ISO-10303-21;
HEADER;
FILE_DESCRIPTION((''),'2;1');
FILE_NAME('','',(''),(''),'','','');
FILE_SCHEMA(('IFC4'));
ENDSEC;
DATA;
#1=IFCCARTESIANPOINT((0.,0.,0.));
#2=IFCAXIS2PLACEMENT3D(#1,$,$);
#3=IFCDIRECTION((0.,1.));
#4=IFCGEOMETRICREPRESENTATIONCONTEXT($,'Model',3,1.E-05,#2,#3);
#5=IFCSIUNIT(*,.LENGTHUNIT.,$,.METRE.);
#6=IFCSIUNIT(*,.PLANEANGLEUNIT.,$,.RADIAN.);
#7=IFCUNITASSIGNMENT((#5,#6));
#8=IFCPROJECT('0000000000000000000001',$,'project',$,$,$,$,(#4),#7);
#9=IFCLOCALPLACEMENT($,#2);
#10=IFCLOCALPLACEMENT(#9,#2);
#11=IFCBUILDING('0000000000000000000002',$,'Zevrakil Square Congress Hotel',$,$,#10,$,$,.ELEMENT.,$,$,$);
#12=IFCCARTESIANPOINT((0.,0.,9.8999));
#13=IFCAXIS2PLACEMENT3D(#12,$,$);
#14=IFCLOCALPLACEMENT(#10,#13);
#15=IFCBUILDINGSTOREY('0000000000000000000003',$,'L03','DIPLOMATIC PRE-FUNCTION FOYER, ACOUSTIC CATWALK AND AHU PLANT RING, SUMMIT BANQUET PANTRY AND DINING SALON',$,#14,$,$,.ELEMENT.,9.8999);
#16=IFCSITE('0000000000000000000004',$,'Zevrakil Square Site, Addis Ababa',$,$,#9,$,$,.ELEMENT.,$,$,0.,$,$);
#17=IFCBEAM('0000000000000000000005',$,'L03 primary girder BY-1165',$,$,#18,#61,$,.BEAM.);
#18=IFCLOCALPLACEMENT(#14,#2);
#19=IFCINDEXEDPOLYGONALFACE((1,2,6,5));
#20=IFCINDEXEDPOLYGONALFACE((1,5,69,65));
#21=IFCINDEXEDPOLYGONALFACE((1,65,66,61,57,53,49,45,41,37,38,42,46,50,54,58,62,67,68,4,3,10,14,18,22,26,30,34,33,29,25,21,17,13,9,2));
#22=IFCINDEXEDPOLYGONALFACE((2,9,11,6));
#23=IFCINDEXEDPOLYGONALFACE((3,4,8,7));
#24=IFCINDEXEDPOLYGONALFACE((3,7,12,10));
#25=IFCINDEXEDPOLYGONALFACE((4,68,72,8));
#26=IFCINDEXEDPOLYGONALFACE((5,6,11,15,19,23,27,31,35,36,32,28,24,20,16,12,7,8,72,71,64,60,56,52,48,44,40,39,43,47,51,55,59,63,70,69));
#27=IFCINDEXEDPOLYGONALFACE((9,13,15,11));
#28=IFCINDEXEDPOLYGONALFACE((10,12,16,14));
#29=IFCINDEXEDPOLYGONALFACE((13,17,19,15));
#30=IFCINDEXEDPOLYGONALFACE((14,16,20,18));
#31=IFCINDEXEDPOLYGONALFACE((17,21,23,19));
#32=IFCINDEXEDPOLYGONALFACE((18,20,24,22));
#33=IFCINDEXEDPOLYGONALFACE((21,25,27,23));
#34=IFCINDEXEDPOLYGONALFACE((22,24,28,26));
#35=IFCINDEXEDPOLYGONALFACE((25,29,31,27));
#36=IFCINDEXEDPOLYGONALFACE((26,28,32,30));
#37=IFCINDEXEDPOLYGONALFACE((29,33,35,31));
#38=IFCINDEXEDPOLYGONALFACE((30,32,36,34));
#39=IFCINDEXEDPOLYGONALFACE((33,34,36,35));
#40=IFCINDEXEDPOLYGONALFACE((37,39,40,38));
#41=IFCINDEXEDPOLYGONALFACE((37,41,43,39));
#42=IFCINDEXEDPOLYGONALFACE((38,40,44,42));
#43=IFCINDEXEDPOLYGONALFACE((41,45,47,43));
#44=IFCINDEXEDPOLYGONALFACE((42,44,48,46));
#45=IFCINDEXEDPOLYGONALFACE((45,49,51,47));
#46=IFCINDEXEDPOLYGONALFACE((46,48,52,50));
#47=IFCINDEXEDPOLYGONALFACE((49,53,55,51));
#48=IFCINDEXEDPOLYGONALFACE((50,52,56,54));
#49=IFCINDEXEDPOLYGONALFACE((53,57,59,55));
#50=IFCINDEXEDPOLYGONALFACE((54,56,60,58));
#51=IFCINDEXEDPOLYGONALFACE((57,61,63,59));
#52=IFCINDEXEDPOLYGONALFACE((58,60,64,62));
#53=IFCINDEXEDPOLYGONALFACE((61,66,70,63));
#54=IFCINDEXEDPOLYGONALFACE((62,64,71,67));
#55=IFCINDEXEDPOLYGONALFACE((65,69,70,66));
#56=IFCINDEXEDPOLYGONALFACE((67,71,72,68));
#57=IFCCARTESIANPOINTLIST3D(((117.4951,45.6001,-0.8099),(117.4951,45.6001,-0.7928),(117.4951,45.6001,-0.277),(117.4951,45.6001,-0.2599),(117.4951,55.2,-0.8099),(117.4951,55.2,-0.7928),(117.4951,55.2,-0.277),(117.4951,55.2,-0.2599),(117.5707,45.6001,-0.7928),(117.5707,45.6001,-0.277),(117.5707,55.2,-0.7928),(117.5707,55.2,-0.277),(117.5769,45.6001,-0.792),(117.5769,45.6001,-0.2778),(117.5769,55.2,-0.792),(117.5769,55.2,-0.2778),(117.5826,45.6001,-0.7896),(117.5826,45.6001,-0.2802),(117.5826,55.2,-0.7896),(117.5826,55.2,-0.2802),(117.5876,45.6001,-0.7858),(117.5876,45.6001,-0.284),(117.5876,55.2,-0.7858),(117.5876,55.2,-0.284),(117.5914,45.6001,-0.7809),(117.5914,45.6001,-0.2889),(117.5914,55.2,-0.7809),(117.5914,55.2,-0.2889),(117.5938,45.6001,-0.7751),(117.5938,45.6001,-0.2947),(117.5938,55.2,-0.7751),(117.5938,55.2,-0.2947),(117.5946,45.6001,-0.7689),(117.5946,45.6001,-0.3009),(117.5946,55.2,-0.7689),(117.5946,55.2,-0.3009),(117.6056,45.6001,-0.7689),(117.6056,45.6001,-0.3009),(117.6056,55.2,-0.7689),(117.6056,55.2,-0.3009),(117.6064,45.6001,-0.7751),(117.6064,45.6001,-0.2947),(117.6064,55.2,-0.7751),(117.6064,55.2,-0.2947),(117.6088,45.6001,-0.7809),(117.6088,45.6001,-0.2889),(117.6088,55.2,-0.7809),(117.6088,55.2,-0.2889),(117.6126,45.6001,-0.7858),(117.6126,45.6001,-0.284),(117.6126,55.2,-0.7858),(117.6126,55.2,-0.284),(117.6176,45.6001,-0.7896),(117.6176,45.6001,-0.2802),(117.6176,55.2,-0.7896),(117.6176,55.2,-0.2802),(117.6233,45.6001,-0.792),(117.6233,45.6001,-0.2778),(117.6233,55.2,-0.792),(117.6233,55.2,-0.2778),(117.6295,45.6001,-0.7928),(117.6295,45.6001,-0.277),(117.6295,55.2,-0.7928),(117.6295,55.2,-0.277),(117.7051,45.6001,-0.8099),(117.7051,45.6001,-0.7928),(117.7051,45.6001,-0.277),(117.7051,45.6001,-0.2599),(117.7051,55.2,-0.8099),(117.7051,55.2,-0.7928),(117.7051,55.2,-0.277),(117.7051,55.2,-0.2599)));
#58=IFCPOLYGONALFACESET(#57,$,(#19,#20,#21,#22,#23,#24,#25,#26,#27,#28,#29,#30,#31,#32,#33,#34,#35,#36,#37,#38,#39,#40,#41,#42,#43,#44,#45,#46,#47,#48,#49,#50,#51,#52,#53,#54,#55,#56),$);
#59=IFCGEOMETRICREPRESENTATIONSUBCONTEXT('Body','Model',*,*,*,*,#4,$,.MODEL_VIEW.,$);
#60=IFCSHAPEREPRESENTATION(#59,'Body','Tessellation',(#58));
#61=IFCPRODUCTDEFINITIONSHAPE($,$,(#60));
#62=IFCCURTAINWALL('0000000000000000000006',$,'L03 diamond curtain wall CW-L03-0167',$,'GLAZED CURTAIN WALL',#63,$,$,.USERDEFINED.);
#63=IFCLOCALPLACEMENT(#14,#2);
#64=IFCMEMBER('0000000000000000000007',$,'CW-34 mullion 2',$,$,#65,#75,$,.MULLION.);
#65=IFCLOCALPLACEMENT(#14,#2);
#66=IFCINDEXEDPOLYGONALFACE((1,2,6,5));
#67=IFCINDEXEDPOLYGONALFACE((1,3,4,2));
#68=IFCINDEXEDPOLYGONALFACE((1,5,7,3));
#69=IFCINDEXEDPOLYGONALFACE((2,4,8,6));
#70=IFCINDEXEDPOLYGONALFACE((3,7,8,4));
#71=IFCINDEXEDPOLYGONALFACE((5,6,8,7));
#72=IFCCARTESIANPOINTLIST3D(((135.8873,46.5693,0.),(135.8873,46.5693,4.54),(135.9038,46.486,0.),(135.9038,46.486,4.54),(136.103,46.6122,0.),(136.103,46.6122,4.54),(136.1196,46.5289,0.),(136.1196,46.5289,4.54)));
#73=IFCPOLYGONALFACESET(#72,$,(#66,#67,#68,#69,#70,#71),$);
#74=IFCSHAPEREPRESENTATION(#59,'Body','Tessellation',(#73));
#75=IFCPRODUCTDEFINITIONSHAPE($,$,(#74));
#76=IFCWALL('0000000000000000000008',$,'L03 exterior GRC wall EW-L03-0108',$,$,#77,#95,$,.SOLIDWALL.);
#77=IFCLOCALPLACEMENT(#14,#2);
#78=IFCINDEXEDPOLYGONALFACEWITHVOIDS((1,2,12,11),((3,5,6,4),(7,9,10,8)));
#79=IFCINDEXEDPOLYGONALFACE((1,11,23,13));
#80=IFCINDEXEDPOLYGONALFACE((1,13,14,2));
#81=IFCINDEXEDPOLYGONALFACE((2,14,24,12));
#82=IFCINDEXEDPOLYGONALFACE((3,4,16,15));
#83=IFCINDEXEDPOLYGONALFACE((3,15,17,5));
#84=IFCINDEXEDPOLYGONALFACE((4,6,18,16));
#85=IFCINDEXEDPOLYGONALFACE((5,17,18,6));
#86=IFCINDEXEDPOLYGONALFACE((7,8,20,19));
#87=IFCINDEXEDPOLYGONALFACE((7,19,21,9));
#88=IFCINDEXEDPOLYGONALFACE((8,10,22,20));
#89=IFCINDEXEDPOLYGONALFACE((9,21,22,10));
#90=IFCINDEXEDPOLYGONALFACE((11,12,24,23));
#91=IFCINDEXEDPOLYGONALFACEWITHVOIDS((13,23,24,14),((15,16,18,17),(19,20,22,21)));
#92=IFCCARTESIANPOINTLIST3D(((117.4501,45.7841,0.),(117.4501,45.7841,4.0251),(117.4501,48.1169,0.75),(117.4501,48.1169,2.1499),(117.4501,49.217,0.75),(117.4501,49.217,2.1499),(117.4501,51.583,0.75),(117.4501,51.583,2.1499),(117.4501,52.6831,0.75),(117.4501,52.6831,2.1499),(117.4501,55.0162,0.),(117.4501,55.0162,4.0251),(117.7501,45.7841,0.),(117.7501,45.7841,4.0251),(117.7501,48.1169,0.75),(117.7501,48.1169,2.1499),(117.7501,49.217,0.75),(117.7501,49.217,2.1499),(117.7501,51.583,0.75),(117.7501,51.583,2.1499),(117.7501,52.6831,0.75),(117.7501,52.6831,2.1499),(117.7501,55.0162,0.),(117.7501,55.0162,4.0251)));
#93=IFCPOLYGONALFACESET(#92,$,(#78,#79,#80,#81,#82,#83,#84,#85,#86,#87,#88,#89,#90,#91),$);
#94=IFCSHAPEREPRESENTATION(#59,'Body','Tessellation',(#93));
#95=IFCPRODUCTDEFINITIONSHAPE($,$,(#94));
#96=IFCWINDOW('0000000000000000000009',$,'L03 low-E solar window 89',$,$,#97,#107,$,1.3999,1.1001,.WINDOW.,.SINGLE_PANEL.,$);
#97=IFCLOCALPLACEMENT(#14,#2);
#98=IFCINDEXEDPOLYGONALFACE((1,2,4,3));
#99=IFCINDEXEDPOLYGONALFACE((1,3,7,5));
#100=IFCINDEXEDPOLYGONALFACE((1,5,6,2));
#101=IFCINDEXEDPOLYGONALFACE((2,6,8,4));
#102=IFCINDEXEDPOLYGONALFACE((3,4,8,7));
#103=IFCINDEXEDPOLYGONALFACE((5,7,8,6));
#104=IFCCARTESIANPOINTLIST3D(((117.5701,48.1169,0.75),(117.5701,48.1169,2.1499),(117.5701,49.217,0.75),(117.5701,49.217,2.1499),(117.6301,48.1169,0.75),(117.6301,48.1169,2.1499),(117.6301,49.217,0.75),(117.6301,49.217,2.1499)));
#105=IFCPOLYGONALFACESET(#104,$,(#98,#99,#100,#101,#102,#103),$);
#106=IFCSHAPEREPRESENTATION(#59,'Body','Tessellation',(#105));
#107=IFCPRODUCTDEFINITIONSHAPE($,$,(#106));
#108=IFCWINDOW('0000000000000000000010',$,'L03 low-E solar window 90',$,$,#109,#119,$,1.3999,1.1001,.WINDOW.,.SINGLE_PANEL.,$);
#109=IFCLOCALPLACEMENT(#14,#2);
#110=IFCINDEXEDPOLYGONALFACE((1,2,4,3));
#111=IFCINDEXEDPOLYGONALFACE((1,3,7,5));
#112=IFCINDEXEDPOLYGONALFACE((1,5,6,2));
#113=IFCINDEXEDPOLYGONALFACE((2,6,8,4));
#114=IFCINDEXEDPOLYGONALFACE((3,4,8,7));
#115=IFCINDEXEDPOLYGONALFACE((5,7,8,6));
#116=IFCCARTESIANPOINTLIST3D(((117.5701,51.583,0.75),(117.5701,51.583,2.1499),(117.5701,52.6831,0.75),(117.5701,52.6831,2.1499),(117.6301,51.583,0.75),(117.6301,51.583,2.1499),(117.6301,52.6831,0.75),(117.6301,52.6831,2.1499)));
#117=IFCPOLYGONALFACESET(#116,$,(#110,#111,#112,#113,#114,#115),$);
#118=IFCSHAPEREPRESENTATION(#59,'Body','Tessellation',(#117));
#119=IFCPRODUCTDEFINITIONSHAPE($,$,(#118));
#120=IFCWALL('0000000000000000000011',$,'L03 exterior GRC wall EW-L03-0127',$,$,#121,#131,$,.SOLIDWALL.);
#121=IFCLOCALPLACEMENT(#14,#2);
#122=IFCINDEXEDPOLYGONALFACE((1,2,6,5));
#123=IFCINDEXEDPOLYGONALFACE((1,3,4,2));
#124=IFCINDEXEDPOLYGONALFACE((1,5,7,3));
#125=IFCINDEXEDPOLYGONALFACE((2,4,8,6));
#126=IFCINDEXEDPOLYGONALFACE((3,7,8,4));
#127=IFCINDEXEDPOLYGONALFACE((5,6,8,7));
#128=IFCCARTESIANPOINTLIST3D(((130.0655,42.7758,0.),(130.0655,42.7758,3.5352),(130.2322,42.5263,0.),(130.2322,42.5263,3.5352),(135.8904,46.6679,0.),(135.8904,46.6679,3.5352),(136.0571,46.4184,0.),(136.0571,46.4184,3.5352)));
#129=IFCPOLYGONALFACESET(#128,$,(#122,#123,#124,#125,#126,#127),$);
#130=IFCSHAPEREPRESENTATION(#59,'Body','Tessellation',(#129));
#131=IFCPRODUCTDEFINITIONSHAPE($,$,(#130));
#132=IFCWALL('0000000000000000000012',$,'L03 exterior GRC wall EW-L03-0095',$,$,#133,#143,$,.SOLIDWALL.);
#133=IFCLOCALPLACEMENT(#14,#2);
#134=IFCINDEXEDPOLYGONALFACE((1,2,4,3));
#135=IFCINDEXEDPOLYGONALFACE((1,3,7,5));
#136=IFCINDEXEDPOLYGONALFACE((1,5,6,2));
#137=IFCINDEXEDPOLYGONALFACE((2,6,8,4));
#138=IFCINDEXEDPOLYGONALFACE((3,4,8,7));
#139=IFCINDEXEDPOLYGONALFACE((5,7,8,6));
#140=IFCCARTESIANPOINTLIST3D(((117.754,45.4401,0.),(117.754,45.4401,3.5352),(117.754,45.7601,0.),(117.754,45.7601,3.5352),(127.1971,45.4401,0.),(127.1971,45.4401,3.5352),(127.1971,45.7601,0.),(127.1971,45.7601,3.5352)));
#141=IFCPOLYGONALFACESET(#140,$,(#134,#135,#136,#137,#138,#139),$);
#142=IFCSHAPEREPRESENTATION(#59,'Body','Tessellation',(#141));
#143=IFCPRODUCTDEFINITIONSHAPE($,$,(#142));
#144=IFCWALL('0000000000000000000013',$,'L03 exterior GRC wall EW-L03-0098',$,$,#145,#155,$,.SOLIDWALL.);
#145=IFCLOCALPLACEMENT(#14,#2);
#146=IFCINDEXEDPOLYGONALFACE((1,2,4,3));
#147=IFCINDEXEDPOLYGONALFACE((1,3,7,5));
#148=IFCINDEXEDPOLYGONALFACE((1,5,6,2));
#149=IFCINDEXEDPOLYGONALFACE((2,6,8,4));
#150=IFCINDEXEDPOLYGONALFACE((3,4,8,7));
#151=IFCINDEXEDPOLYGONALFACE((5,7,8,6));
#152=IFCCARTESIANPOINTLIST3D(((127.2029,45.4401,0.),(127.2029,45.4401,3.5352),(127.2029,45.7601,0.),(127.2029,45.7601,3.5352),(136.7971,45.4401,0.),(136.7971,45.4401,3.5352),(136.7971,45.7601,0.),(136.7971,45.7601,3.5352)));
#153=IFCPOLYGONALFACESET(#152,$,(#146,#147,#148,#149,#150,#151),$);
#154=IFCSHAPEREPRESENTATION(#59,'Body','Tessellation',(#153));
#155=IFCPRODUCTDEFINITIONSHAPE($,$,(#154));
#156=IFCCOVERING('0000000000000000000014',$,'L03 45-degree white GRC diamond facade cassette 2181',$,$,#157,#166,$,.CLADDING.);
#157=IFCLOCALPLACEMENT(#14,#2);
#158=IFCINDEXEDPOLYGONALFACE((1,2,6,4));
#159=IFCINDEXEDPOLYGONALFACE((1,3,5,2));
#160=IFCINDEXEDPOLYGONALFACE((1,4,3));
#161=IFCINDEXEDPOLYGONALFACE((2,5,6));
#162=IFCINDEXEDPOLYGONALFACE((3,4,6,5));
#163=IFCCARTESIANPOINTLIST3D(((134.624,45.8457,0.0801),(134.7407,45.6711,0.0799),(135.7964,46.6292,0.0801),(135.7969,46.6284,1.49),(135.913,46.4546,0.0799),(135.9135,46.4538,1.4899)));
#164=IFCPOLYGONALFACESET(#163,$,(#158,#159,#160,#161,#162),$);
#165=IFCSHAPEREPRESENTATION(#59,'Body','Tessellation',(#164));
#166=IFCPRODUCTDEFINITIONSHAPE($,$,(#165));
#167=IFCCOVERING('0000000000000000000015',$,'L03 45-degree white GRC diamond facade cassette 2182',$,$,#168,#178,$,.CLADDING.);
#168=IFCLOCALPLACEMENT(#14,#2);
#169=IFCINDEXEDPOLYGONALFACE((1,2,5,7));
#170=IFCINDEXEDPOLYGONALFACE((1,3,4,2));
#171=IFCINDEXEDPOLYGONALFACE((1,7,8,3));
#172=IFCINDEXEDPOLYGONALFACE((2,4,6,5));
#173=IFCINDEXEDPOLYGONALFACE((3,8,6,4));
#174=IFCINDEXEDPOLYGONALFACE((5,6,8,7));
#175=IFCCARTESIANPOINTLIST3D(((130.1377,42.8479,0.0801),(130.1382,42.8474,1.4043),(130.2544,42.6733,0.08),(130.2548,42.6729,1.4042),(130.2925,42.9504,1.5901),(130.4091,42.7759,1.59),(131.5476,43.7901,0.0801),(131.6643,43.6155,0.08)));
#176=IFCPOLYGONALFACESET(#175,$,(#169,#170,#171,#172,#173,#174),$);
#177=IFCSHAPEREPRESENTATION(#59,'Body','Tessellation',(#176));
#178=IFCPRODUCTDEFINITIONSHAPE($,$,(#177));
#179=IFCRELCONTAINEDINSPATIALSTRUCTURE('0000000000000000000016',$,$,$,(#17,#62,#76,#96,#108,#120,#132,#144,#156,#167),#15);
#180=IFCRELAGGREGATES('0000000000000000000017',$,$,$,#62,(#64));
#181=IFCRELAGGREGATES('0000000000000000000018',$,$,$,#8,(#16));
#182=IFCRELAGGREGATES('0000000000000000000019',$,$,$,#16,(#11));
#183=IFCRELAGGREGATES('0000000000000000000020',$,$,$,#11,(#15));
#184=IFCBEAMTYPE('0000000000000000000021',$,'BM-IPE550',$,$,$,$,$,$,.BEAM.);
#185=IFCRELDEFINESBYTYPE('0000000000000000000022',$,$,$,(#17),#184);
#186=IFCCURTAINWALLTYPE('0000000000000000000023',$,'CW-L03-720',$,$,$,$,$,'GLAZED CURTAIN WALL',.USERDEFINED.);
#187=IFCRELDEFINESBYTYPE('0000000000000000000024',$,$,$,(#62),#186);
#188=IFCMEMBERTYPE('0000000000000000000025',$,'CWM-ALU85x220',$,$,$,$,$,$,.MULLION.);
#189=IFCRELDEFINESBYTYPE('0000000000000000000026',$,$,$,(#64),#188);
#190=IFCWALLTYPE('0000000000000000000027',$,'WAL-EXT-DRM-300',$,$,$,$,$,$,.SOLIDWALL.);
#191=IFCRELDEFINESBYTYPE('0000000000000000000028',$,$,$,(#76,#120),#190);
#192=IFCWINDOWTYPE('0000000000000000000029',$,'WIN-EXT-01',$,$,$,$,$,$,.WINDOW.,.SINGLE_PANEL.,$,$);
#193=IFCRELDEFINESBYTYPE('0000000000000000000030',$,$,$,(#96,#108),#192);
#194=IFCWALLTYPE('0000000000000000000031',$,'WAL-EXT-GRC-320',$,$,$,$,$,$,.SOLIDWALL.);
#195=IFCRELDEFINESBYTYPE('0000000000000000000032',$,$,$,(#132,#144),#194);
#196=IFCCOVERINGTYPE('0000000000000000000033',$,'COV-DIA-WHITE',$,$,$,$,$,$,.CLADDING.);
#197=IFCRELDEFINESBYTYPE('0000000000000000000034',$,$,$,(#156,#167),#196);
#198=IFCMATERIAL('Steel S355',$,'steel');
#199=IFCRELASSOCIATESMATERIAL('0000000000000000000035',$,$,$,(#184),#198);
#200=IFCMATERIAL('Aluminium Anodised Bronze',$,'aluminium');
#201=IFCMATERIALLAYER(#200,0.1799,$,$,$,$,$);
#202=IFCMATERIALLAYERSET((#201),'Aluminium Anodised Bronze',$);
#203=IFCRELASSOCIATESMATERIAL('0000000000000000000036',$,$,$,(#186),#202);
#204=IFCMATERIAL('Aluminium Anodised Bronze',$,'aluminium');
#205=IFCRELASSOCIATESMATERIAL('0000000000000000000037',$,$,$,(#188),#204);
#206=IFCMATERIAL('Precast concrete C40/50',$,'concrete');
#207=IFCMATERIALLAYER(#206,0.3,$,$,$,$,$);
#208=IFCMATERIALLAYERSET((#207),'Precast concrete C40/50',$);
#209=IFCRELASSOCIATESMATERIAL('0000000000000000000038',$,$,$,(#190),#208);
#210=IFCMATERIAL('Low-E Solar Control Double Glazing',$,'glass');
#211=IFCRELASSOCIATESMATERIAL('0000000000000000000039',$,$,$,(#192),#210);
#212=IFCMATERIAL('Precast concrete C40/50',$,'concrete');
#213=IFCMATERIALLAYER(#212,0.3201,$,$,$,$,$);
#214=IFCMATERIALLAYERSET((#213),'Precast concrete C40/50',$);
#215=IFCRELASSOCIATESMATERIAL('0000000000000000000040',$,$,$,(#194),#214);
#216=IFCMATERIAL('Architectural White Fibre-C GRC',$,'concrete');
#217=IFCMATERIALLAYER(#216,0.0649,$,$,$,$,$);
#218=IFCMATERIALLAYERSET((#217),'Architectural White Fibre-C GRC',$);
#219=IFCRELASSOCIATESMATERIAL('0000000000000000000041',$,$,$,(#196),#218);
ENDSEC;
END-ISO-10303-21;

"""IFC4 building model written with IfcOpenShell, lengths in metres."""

from ifc_helpers import new_model, si_unit, direction, frame, frame_2d, origin, origin_2d, place, context, subcontext, project, spatial, polyline, rectangle, i_section, outline, extrude, material, layer, layer_set, material_profile, profile_set, type_object, element, fill, aggregate, save


model = new_model("IFC4")

# Units and contexts
model_context = context("Model", 3, precision=1e-05, world=origin(), true_north=direction((0.0, 1.0)))
body_context = subcontext(model_context, "Body", "Model", "MODEL_VIEW")
ifc_project = project(units=[si_unit("LENGTHUNIT", "METRE"), si_unit("PLANEANGLEUNIT", "RADIAN")], contexts=[model_context])

# Site, building, storey
site_placement = place(None, origin())
site = spatial("IfcSite", under=ifc_project, at=site_placement, Name="Zevrakil Square Site, Addis Ababa", CompositionType="ELEMENT", RefElevation=0.0)
building_placement = place(site_placement, origin())
building = spatial("IfcBuilding", under=site, at=building_placement, Name="Zevrakil Square Congress Hotel", CompositionType="ELEMENT")
storey_placement = place(building_placement, frame((0.0, 0.0, 9.8999)))
storey = spatial("IfcBuildingStorey", under=building, at=storey_placement, Name="L03", Description="DIPLOMATIC PRE-FUNCTION FOYER, ACOUSTIC CATWALK AND AHU PLANT RING, SUMMIT BANQUET PANTRY AND DINING SALON", CompositionType="ELEMENT", Elevation=9.8999)

# Beam
ifc_material_1 = material(Name="Steel S355", Category="steel")
ifc_material_profile_1 = material_profile(ifc_material_1, i_section(OverallWidth=0.21, OverallDepth=0.55, WebThickness=0.011, FlangeThickness=0.0171, FilletRadius=0.0239, at=origin_2d()), Name="IPE 550")
ifc_profile_set_1 = profile_set([ifc_material_profile_1], Name="Steel S355")
beam_type_1 = type_object("IfcBeamType", Name="BM-IPE550", PredefinedType="BEAM", material=ifc_profile_set_1)
beam_1_placement = place(storey_placement, frame((117.6001, 45.6001, -0.5349), z_axis=(0.0, 1.0, 0.0), x_axis=(-1.0, 0.0, 0.0)))
element("IfcBeam", 1, at=beam_1_placement, inside=storey, type_object=beam_type_1, Name="L03 primary girder BY-1165", PredefinedType="BEAM", context=body_context, shape_type="SweptSolid", body=[
    extrude(i_section(OverallWidth=0.21, OverallDepth=0.55, WebThickness=0.011, FlangeThickness=0.0171, FilletRadius=0.0239, at=origin_2d()), origin(), (0.0, 0.0, 1.0), 9.5999),
])

# Curtain wall, member
ifc_material_2 = material(Name="Aluminium Anodised Bronze", Category="aluminium")
ifc_layer_1 = layer(ifc_material_2, 0.1799)
ifc_layer_set_1 = layer_set([ifc_layer_1], Name="Aluminium Anodised Bronze")
curtain_wall_type = type_object("IfcCurtainWallType", Name="CW-L03-720", ElementType="GLAZED CURTAIN WALL", PredefinedType="USERDEFINED", material=ifc_layer_set_1)
curtain_wall_placement = place(storey_placement, origin())
curtain_wall = element("IfcCurtainWall", 2, at=curtain_wall_placement, inside=storey, type_object=curtain_wall_type, Name="L03 diamond curtain wall CW-L03-0167", ObjectType="GLAZED CURTAIN WALL", PredefinedType="USERDEFINED")
ifc_material_3 = material(Name="Aluminium Anodised Bronze", Category="aluminium")
ifc_material_profile_2 = material_profile(ifc_material_3, rectangle(XDim=0.085, YDim=0.22, at=origin_2d()), Name="ALU 85x220")
ifc_profile_set_2 = profile_set([ifc_material_profile_2], Name="Aluminium Anodised Bronze")
member_type = type_object("IfcMemberType", Name="CWM-ALU85x220", PredefinedType="MULLION", material=ifc_profile_set_2)
member_placement = place(storey_placement, frame((136.0034, 46.5491, 0.0), z_axis=(0.0, 0.0, 1.0), x_axis=(0.195084, -0.980787, 0.0)))
member = element("IfcMember", 3, at=member_placement, type_object=member_type, Name="CW-34 mullion 2", PredefinedType="MULLION", context=body_context, shape_type="SweptSolid", body=[
    extrude(rectangle(XDim=0.085, YDim=0.22, at=origin_2d()), origin(), (0.0, 0.0, 1.0), 4.54),
])
aggregate(curtain_wall, [member])

# Wall, openings, windows
ifc_material_4 = material(Name="Precast concrete C40/50", Category="concrete")
ifc_layer_2 = layer(ifc_material_4, 0.3)
ifc_layer_set_2 = layer_set([ifc_layer_2], Name="Precast concrete C40/50")
wall_type_1 = type_object("IfcWallType", Name="WAL-EXT-DRM-300", PredefinedType="SOLIDWALL", material=ifc_layer_set_2)
wall_1_placement = place(storey_placement, frame((117.6001, 45.7839, 0.0), z_axis=(0.0, 0.0, 1.0), x_axis=(0.0, 1.0, 0.0)))
wall_1 = element("IfcWall", 4, at=wall_1_placement, inside=storey, type_object=wall_type_1, Name="L03 exterior GRC wall EW-L03-0108", PredefinedType="SOLIDWALL", context=body_context, shape_type="SweptSolid", body=[
    extrude(rectangle(XDim=9.2322, YDim=0.3, at=frame_2d((4.6162, 0.0))), origin(), (0.0, 0.0, 1.0), 4.0251),
])
opening_1_placement = place(wall_1_placement, frame((2.333, 0.0, 0.75)))
opening_1 = element("IfcOpeningElement", 5, at=opening_1_placement, cuts=wall_1, PredefinedType="OPENING", context=body_context, shape_type="SweptSolid", body=[
    extrude(rectangle(XDim=1.1001, YDim=1.3999, at=frame_2d((0.55, 0.7))), frame((0.0, 0.1602, 0.0), z_axis=(0.0, -1.0, 0.0), x_axis=(1.0, 0.0, 0.0)), (0.0, 0.0, 1.0), 0.3201),
])
opening_2_placement = place(wall_1_placement, frame((5.7991, 0.0, 0.75)))
opening_2 = element("IfcOpeningElement", 6, at=opening_2_placement, cuts=wall_1, PredefinedType="OPENING", context=body_context, shape_type="SweptSolid", body=[
    extrude(rectangle(XDim=1.1001, YDim=1.3999, at=frame_2d((0.55, 0.7))), frame((0.0, 0.1602, 0.0), z_axis=(0.0, -1.0, 0.0), x_axis=(1.0, 0.0, 0.0)), (0.0, 0.0, 1.0), 0.3201),
])
ifc_material_5 = material(Name="Low-E Solar Control Double Glazing", Category="glass")
window_type = type_object("IfcWindowType", Name="WIN-EXT-01", PartitioningType="SINGLE_PANEL", PredefinedType="WINDOW", material=ifc_material_5)
window_1_placement = place(opening_1_placement, origin())
window_1 = element("IfcWindow", 7, at=window_1_placement, inside=storey, type_object=window_type, Name="L03 low-E solar window 89", OverallHeight=1.3999, OverallWidth=1.1001, PartitioningType="SINGLE_PANEL", PredefinedType="WINDOW", context=body_context, shape_type="SweptSolid", body=[
    extrude(rectangle(XDim=1.1001, YDim=1.3999, at=frame_2d((0.55, 0.7))), frame((0.0, 0.03, 0.0), z_axis=(0.0, -1.0, 0.0), x_axis=(1.0, 0.0, 0.0)), (0.0, 0.0, 1.0), 0.0601),
])
fill(opening_1, window_1)
window_2_placement = place(opening_2_placement, origin())
window_2 = element("IfcWindow", 8, at=window_2_placement, inside=storey, type_object=window_type, Name="L03 low-E solar window 90", OverallHeight=1.3999, OverallWidth=1.1001, PartitioningType="SINGLE_PANEL", PredefinedType="WINDOW", context=body_context, shape_type="SweptSolid", body=[
    extrude(rectangle(XDim=1.1001, YDim=1.3999, at=frame_2d((0.55, 0.7))), frame((0.0, 0.03, 0.0), z_axis=(0.0, -1.0, 0.0), x_axis=(1.0, 0.0, 0.0)), (0.0, 0.0, 1.0), 0.0601),
])
fill(opening_2, window_2)

# Walls
wall_2_placement = place(storey_placement, frame((135.9739, 46.5432, 0.0), z_axis=(0.0, 0.0, 1.0), x_axis=(-0.831471, -0.555568, 0.0)))
element("IfcWall", 9, at=wall_2_placement, inside=storey, type_object=wall_type_1, Name="L03 exterior GRC wall EW-L03-0127", PredefinedType="SOLIDWALL", context=body_context, shape_type="SweptSolid", body=[
    extrude(rectangle(XDim=7.0056, YDim=0.3, at=frame_2d((3.5029, 0.0))), origin(), (0.0, 0.0, 1.0), 3.5352),
])
ifc_material_6 = material(Name="Precast concrete C40/50", Category="concrete")
ifc_layer_3 = layer(ifc_material_6, 0.3201)
ifc_layer_set_3 = layer_set([ifc_layer_3], Name="Precast concrete C40/50")
wall_type_2 = type_object("IfcWallType", Name="WAL-EXT-GRC-320", PredefinedType="SOLIDWALL", material=ifc_layer_set_3)
wall_3_placement = place(storey_placement, frame((117.7539, 45.6001, 0.0), z_axis=(0.0, 0.0, 1.0), x_axis=(1.0, 0.0, 0.0)))
element("IfcWall", 10, at=wall_3_placement, inside=storey, type_object=wall_type_2, Name="L03 exterior GRC wall EW-L03-0095", PredefinedType="SOLIDWALL", context=body_context, shape_type="SweptSolid", body=[
    extrude(rectangle(XDim=9.4431, YDim=0.3201, at=frame_2d((4.7217, 0.0))), origin(), (0.0, 0.0, 1.0), 3.5352),
])
wall_4_placement = place(storey_placement, frame((127.2029, 45.6001, 0.0), z_axis=(0.0, 0.0, 1.0), x_axis=(1.0, 0.0, 0.0)))
element("IfcWall", 11, at=wall_4_placement, inside=storey, type_object=wall_type_2, Name="L03 exterior GRC wall EW-L03-0098", PredefinedType="SOLIDWALL", context=body_context, shape_type="SweptSolid", body=[
    extrude(rectangle(XDim=9.5942, YDim=0.3201, at=frame_2d((4.7971, 0.0))), origin(), (0.0, 0.0, 1.0), 3.5352),
])

# Coverings
ifc_material_7 = material(Name="Architectural White Fibre-C GRC", Category="concrete")
ifc_layer_4 = layer(ifc_material_7, 0.0649)
ifc_layer_set_4 = layer_set([ifc_layer_4], Name="Architectural White Fibre-C GRC")
covering_type_1 = type_object("IfcCoveringType", Name="COV-DIA-WHITE", PredefinedType="CLADDING", material=ifc_layer_set_4)
covering_1_placement = place(storey_placement, frame((134.624, 45.8457, 0.0801), z_axis=(-0.555619, 0.831437, 0.000624), x_axis=(0.831437, 0.555619, 0.0)))
element("IfcCovering", 12, at=covering_1_placement, inside=storey, type_object=covering_type_1, Name="L03 45-degree white GRC diamond facade cassette 2181", PredefinedType="CLADDING", context=body_context, shape_type="SweptSolid", body=[
    extrude(outline(polyline([(0.0, 0.0), (1.41, 0.0), (1.41, -1.4099), (0.0, 0.0)])), origin(), (0.0, 0.0, -1.0), 0.21),
])
covering_2_placement = place(storey_placement, frame((130.2925, 42.9504, 1.5901), z_axis=(-0.555609, 0.831444, 0.000493), x_axis=(-0.587703, -0.392311, -0.7076)))
element("IfcCovering", 13, at=covering_2_placement, inside=storey, type_object=covering_type_1, Name="L03 45-degree white GRC diamond facade cassette 2182", PredefinedType="CLADDING", context=body_context, shape_type="SweptSolid", body=[
    extrude(outline(polyline([(0.0, 0.0), (0.2626, 0.0), (1.1997, -0.9356), (0.0015, -2.1355), (0.0, 0.0)])), origin(), (0.0, 0.0, -1.0), 0.21),
])

save(model, "model.ifc")
